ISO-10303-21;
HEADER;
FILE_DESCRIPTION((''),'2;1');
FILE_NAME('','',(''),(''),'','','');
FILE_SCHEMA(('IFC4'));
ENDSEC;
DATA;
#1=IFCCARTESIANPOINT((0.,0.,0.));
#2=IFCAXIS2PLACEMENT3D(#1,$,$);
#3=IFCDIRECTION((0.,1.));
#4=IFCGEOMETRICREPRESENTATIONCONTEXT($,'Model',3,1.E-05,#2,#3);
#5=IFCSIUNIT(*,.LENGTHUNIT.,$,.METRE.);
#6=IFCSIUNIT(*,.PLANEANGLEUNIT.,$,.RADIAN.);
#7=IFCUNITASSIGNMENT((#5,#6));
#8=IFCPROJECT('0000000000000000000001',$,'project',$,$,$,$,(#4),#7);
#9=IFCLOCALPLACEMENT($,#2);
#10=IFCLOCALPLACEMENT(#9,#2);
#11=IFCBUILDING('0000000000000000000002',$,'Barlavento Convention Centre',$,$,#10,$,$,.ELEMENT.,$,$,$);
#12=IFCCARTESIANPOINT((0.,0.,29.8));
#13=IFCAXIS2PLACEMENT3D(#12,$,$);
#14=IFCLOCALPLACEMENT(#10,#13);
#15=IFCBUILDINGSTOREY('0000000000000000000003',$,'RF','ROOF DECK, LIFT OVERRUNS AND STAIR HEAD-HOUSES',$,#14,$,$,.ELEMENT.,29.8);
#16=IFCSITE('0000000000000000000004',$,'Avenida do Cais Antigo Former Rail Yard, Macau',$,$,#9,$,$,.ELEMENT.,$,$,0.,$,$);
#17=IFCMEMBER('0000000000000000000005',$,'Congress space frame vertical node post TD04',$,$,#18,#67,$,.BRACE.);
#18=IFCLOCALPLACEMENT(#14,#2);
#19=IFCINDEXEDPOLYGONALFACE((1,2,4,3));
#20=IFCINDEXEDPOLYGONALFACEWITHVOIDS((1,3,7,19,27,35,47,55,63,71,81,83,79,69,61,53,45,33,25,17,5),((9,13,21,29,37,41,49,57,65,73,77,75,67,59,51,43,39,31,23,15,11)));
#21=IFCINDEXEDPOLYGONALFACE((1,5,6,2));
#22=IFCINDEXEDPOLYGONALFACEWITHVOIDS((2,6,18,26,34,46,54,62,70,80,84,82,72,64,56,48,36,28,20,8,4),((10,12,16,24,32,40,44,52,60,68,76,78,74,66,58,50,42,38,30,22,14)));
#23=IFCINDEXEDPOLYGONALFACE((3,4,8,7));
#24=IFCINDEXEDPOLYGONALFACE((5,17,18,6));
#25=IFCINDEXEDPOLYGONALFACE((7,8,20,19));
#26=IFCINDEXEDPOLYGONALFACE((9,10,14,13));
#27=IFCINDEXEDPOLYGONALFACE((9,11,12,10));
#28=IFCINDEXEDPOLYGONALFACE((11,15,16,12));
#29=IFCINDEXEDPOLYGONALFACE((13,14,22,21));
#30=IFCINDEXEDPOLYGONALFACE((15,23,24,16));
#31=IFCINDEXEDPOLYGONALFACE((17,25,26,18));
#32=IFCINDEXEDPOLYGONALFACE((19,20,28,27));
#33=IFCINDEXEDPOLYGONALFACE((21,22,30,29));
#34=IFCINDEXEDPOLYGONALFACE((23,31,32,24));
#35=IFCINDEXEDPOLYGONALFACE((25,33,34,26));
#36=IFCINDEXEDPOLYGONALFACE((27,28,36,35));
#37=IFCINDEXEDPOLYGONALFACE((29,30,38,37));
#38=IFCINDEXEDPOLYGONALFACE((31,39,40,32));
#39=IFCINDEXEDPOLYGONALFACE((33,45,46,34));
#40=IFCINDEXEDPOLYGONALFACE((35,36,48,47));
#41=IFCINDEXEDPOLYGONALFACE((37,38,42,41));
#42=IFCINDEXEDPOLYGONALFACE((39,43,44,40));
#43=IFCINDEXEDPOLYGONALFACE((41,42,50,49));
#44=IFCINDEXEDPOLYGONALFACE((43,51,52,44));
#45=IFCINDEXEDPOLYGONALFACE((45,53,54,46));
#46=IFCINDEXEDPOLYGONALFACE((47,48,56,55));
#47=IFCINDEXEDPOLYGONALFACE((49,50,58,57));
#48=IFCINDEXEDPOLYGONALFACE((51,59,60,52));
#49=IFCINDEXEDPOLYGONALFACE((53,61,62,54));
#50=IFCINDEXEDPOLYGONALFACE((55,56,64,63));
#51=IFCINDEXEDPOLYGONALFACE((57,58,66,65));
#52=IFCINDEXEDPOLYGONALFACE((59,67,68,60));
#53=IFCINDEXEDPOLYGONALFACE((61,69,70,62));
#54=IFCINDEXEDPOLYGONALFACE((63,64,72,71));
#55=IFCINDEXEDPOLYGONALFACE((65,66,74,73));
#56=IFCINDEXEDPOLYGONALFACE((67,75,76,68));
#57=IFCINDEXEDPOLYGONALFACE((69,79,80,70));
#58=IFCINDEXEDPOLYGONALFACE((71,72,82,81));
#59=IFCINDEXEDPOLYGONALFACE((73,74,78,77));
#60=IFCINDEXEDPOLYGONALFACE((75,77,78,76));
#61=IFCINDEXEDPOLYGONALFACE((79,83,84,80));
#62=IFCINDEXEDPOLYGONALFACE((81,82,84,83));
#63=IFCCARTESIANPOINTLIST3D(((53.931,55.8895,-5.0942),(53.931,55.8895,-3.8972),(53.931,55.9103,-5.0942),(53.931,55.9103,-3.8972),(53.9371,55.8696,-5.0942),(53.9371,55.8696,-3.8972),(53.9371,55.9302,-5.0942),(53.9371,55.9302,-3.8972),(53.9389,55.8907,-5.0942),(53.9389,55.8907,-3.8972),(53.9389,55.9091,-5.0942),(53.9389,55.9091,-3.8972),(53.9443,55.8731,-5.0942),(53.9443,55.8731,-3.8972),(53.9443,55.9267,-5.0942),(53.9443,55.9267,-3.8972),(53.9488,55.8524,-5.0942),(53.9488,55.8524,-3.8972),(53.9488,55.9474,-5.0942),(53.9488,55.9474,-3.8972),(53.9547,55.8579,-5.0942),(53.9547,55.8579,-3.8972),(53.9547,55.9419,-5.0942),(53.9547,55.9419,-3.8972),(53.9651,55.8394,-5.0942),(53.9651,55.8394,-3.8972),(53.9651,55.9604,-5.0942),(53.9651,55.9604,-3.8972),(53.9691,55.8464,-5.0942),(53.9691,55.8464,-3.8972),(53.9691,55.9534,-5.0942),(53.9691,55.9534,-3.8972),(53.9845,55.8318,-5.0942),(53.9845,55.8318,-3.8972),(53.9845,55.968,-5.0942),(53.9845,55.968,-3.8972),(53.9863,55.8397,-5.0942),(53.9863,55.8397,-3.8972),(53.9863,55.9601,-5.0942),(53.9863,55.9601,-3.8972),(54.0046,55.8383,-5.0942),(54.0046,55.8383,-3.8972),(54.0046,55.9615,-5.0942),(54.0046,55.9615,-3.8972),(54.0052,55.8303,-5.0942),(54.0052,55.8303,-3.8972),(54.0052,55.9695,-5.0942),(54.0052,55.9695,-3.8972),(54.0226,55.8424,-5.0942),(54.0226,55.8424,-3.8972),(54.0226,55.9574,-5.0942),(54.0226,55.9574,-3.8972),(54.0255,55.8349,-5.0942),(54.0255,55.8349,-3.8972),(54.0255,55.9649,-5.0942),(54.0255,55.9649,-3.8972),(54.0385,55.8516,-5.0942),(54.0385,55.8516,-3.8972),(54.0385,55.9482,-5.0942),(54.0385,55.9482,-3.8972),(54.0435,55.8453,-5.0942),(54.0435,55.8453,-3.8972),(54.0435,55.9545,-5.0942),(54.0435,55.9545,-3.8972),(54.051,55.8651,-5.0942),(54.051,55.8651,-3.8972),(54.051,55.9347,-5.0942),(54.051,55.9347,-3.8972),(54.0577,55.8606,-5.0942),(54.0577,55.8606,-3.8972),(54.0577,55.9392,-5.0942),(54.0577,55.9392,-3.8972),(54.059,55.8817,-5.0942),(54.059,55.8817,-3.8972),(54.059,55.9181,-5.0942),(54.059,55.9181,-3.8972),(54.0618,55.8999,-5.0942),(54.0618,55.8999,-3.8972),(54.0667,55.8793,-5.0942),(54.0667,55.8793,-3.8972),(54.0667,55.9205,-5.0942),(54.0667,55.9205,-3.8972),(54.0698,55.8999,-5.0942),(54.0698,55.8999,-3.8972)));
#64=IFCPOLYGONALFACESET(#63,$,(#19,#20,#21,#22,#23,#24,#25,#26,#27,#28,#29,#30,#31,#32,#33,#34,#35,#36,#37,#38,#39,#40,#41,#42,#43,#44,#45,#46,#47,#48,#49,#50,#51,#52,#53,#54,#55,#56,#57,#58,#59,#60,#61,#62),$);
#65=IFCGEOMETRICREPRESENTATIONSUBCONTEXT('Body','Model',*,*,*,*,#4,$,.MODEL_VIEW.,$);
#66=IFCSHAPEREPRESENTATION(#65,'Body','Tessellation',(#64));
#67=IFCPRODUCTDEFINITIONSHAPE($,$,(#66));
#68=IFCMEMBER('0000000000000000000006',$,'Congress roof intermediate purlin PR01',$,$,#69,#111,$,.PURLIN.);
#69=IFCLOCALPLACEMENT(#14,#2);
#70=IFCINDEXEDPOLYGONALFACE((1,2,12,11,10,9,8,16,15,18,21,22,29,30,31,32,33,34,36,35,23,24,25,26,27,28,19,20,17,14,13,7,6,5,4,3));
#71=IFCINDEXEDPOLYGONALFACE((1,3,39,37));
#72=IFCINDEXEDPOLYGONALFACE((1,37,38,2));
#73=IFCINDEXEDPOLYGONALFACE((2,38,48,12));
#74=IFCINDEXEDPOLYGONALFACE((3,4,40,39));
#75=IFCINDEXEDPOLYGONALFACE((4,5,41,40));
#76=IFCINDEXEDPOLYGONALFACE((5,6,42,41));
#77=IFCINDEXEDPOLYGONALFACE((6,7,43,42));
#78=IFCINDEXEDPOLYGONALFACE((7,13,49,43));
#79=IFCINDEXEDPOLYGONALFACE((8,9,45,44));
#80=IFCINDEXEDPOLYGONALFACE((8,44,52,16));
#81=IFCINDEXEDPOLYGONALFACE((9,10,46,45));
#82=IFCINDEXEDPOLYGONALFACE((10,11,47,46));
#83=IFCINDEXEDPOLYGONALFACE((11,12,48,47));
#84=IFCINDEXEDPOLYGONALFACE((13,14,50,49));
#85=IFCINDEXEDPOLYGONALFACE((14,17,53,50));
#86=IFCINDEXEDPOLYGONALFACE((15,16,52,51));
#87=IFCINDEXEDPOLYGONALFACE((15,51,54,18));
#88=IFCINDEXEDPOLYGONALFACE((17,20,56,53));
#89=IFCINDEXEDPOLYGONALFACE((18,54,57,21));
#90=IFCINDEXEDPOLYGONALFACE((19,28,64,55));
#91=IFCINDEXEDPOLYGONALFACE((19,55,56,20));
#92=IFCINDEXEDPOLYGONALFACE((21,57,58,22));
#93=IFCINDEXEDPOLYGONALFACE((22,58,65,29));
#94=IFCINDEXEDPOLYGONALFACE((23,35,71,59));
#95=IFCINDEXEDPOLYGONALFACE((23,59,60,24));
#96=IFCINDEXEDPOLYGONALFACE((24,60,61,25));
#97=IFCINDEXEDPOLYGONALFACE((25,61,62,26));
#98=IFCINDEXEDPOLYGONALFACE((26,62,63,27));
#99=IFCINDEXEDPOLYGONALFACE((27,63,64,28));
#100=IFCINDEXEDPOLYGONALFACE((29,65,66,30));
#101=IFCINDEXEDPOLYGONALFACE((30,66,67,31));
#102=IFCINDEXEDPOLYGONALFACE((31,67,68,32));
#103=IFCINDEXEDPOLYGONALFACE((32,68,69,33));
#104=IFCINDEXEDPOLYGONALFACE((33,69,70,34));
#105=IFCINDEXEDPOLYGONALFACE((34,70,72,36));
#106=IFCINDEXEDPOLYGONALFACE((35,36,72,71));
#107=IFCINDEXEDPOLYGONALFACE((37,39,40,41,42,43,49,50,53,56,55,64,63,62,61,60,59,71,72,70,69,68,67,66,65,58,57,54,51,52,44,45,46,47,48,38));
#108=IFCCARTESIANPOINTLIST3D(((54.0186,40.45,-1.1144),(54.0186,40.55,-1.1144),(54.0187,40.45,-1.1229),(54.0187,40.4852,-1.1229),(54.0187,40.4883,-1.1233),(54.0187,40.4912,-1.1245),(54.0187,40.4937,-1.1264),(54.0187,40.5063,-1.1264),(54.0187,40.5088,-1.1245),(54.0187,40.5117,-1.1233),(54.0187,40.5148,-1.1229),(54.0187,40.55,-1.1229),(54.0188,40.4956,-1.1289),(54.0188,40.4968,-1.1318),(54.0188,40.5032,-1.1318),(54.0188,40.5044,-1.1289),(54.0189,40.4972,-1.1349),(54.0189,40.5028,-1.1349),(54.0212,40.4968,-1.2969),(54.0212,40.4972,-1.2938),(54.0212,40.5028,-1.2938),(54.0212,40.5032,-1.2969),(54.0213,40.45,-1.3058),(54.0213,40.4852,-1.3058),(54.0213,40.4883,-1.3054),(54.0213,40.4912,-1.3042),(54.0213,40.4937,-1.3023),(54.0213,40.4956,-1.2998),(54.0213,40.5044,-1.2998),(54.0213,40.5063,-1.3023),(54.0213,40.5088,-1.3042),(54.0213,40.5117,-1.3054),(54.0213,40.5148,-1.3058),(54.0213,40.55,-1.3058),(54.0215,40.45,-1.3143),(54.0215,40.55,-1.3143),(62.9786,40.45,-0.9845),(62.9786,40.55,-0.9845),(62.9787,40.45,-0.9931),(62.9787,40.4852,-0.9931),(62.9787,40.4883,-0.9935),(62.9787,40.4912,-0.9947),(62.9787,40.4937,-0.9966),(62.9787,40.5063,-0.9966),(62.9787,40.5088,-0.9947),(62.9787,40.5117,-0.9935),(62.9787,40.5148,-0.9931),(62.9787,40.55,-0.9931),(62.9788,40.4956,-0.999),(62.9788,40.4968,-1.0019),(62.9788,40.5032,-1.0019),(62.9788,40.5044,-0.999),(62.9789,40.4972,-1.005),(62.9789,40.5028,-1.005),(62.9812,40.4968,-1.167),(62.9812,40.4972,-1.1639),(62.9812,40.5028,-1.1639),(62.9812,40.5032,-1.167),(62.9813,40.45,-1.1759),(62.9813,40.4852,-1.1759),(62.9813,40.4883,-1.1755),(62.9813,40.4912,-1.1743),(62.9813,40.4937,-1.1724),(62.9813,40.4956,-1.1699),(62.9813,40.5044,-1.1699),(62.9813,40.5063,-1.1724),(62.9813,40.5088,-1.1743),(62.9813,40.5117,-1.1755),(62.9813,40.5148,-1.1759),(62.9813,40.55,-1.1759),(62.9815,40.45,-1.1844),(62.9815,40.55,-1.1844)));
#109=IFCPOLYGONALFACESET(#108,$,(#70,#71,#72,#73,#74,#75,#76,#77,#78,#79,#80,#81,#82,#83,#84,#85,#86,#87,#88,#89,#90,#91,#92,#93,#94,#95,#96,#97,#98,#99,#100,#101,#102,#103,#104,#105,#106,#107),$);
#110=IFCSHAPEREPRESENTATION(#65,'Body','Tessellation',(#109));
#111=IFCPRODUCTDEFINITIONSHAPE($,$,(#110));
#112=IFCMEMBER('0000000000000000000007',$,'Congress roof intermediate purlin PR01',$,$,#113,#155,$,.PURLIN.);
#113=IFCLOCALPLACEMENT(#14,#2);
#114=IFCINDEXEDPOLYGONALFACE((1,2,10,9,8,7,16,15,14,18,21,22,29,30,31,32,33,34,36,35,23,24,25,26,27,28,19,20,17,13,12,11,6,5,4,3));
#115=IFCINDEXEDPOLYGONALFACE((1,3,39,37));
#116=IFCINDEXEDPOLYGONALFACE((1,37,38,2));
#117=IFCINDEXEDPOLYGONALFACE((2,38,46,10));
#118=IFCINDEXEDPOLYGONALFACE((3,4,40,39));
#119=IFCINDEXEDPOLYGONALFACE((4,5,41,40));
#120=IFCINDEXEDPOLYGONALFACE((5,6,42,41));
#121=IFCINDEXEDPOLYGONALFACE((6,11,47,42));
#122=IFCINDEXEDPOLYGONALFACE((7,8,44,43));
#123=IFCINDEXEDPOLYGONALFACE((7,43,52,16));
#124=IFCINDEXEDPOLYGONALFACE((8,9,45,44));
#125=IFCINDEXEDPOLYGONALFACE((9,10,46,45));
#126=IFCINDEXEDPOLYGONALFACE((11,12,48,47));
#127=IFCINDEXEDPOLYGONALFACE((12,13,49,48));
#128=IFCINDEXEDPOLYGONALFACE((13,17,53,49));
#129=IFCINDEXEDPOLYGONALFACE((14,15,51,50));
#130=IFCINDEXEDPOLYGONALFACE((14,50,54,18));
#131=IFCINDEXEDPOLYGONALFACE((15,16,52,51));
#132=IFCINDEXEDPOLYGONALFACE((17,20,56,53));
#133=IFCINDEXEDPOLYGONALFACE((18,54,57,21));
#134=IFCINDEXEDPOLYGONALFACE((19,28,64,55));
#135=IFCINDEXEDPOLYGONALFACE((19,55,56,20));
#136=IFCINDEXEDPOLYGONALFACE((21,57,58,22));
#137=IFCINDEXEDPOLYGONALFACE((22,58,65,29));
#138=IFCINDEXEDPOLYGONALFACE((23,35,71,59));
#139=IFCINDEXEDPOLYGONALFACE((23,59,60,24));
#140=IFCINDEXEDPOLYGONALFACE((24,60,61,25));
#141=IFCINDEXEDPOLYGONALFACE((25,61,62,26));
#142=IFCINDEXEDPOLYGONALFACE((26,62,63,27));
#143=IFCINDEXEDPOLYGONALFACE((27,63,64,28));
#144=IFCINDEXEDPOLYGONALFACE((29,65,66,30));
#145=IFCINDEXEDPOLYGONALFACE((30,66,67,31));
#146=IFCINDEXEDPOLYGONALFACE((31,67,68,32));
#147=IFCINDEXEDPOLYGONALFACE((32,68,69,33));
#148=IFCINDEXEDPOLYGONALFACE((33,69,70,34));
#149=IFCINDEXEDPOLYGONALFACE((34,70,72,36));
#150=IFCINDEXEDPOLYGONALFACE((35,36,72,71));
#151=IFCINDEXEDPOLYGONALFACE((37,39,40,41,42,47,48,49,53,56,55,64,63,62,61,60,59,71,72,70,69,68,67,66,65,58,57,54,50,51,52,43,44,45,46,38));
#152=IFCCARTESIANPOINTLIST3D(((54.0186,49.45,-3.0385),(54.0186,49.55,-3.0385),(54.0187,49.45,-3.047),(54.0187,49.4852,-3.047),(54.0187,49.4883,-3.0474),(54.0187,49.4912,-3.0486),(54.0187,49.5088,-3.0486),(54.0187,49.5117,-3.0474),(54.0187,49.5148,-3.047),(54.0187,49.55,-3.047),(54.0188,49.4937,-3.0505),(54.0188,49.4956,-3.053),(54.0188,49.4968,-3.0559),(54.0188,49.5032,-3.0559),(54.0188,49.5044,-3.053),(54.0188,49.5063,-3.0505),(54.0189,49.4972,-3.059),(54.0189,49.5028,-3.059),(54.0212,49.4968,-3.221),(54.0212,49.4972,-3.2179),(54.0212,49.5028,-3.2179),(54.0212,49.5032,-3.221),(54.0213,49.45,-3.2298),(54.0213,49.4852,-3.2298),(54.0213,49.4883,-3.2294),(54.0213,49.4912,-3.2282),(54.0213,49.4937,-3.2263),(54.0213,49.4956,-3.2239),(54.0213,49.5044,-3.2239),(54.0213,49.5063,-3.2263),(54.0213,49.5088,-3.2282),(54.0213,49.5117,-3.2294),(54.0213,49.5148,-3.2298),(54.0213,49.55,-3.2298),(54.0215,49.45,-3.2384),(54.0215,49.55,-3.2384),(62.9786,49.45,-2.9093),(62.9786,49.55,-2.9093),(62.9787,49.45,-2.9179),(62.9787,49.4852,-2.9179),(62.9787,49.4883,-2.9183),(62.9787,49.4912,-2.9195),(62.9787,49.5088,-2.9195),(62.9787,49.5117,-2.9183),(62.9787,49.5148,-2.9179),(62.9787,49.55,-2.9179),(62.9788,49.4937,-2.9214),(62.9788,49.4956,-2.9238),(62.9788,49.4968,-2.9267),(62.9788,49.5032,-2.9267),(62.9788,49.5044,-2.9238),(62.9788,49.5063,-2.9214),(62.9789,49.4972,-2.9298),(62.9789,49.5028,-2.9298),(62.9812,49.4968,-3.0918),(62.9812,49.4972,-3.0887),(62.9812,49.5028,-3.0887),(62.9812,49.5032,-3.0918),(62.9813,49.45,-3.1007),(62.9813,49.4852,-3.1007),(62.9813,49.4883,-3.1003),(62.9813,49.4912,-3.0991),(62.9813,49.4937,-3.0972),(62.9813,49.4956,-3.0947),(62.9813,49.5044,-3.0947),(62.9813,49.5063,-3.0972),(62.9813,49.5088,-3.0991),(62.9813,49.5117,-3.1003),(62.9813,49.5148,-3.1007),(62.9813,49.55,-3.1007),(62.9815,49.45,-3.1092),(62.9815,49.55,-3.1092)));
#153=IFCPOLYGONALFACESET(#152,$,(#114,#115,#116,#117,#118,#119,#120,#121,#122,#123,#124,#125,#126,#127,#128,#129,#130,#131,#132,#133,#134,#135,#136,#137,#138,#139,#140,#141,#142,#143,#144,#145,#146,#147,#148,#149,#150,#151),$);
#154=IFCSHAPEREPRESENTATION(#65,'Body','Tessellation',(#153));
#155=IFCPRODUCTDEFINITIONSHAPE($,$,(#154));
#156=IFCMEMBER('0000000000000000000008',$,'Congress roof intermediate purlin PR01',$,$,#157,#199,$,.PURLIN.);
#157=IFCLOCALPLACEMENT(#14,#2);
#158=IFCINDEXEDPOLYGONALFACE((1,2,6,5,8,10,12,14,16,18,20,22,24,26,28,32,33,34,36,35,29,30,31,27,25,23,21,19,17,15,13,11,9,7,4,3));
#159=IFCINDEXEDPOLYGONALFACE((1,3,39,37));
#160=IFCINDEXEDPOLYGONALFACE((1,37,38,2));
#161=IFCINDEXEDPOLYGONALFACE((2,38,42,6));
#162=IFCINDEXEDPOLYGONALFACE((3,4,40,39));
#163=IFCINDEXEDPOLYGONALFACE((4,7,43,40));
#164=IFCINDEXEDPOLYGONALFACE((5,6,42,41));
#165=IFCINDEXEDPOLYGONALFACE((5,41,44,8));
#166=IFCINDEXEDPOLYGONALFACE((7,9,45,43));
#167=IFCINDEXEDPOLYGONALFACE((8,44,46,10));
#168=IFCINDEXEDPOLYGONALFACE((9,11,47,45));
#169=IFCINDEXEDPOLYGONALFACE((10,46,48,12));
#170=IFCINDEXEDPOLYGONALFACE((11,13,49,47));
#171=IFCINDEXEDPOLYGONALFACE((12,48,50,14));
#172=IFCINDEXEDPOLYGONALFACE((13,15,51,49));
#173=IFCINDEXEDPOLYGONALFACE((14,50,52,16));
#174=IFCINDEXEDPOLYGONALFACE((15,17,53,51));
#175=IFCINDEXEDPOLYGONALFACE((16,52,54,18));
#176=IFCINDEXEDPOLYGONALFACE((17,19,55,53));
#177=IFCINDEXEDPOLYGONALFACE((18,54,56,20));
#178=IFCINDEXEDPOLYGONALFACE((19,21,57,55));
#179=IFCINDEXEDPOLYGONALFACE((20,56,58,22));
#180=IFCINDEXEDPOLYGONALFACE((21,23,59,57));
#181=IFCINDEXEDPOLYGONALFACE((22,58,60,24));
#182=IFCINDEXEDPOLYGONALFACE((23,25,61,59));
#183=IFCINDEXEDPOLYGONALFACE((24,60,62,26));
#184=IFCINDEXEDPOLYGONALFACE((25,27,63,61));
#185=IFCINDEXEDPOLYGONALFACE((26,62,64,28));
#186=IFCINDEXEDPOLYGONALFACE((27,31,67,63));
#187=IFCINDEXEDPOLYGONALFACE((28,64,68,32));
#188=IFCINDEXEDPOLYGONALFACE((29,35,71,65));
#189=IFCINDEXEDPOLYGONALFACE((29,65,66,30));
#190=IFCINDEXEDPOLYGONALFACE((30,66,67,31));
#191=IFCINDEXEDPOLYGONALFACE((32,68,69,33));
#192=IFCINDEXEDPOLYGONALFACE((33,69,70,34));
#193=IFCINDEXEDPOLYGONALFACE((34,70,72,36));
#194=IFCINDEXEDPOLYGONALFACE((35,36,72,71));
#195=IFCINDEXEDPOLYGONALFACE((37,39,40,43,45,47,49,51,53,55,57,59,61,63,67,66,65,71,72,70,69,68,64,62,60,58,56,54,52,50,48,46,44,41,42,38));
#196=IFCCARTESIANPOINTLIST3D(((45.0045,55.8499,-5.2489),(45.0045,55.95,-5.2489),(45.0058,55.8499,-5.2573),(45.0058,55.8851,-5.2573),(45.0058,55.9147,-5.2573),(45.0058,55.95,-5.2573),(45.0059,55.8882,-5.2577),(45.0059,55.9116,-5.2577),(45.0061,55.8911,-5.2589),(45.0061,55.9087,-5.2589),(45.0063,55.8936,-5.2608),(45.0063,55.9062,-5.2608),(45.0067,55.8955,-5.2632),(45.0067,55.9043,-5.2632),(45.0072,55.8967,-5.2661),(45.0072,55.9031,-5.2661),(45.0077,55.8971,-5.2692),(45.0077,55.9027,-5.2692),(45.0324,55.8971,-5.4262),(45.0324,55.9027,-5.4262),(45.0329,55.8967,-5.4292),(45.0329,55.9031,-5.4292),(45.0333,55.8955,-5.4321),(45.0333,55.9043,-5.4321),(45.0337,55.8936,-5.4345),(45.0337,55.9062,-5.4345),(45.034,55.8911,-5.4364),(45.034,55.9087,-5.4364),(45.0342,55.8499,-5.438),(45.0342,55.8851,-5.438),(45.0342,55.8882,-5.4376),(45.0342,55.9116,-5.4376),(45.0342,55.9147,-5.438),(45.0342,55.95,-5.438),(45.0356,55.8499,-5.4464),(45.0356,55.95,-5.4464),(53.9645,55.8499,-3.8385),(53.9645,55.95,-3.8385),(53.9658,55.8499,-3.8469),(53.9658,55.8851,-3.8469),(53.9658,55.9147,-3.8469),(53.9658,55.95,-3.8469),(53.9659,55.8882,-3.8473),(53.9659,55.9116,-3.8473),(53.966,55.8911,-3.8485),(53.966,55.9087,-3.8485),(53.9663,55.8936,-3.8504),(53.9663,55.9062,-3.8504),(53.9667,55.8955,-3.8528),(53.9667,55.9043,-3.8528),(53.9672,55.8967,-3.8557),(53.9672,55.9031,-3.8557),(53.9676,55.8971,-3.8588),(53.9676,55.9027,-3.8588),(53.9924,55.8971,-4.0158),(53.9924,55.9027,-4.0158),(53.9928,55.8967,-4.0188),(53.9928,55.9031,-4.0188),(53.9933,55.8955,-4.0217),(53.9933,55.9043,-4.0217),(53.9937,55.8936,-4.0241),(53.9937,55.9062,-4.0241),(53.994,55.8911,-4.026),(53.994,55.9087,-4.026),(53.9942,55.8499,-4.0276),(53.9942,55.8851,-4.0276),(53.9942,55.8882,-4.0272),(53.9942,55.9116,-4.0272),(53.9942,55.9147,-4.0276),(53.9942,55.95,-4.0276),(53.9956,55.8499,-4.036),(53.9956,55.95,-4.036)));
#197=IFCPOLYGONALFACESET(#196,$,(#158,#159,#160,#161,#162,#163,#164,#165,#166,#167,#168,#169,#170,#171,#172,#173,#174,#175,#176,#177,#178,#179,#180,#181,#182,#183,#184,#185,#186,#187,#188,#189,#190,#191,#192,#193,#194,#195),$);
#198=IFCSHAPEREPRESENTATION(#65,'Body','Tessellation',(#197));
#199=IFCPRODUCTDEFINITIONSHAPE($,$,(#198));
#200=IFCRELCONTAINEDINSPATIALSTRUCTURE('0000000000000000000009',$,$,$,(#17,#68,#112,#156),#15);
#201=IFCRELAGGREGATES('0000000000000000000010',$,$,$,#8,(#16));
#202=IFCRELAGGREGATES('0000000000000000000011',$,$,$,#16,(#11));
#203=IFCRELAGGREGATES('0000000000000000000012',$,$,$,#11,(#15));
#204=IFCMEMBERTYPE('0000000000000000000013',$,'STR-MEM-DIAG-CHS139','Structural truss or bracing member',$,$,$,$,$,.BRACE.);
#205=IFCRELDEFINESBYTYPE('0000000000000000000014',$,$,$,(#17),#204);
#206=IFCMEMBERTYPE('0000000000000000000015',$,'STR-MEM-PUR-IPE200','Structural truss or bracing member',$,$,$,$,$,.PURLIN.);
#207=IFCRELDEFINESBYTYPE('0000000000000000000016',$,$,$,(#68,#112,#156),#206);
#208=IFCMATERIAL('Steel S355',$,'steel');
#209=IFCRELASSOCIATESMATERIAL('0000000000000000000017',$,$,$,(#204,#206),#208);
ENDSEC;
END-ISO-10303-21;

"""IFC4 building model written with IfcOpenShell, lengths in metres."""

from ifc_helpers import new_model, si_unit, direction, frame, origin, origin_2d, place, context, subcontext, project, spatial, hollow_circle, i_section, extrude, material, material_profile, profile_set, type_object, element, save


model = new_model("IFC4")

# Units and contexts
model_context = context("Model", 3, precision=1e-05, world=origin(), true_north=direction((0.0, 1.0)))
body_context = subcontext(model_context, "Body", "Model", "MODEL_VIEW")
ifc_project = project(units=[si_unit("LENGTHUNIT", "METRE"), si_unit("PLANEANGLEUNIT", "RADIAN")], contexts=[model_context])

# Site, building, storey
site_placement = place(None, origin())
site = spatial("IfcSite", under=ifc_project, at=site_placement, Name="Avenida do Cais Antigo Former Rail Yard, Macau", CompositionType="ELEMENT", RefElevation=0.0)
building_placement = place(site_placement, origin())
building = spatial("IfcBuilding", under=site, at=building_placement, Name="Barlavento Convention Centre", CompositionType="ELEMENT")
storey_placement = place(building_placement, frame((0.0, 0.0, 29.8)))
storey = spatial("IfcBuildingStorey", under=building, at=storey_placement, Name="RF", Description="ROOF DECK, LIFT OVERRUNS AND STAIR HEAD-HOUSES", CompositionType="ELEMENT", Elevation=29.8)

# Shared definitions
ifc_material_1 = material(Name="Steel S355", Category="steel")

# Members
ifc_material_profile_1 = material_profile(ifc_material_1, hollow_circle(Radius=0.0698, WallThickness=0.0081, at=origin_2d()), Name="CHS 139.7x8.0")
ifc_profile_set_1 = profile_set([ifc_material_profile_1], Name="Steel S355")
member_type_1 = type_object("IfcMemberType", Name="STR-MEM-DIAG-CHS139", Description="Structural truss or bracing member", PredefinedType="BRACE", material=ifc_profile_set_1)
member_1_placement = place(storey_placement, frame((54.0, 55.8999, -5.0942), z_axis=(0.0, 0.0, 1.0), x_axis=(1.0, 0.0, 0.0)))
element("IfcMember", 1, at=member_1_placement, inside=storey, type_object=member_type_1, Name="Congress space frame vertical node post TD04", PredefinedType="BRACE", context=body_context, shape_type="SweptSolid", body=[
    extrude(hollow_circle(Radius=0.0698, WallThickness=0.0081, at=origin_2d()), origin(), (0.0, 0.0, 1.0), 1.197),
])
ifc_material_profile_2 = material_profile(ifc_material_1, i_section(OverallWidth=0.1001, OverallDepth=0.2, WebThickness=0.0056, FlangeThickness=0.0085, FilletRadius=0.012, at=origin_2d()), Name="IPE 200")
ifc_profile_set_2 = profile_set([ifc_material_profile_2], Name="Steel S355")
member_type_2 = type_object("IfcMemberType", Name="STR-MEM-PUR-IPE200", Description="Structural truss or bracing member", PredefinedType="PURLIN", material=ifc_profile_set_2)
for number, where, z_axis, x_axis, name in (
    (2, (54.02, 40.5, -1.2144), (0.999895, 0.0, 0.014494), (0.0, 1.0, 0.0), "Congress roof intermediate purlin PR01"),
    (3, (54.02, 49.5, -3.1384), (0.999896, 0.0, 0.014413), (0.0, 1.0, 0.0), "Congress roof intermediate purlin PR01"),
):
    element("IfcMember", number, at=place(storey_placement, frame(where, z_axis=z_axis, x_axis=x_axis)), inside=storey, type_object=member_type_2, Name=name, PredefinedType="PURLIN", context=body_context, shape_type="SweptSolid", body=[
        extrude(i_section(OverallWidth=0.1001, OverallDepth=0.2, WebThickness=0.0056, FlangeThickness=0.0085, FilletRadius=0.012, at=origin_2d()), origin(), (0.0, 0.0, 1.0), 8.9609),
    ])
member_2_placement = place(storey_placement, frame((45.02, 55.8999, -5.3477), z_axis=(0.987836, 0.0, 0.155497), x_axis=(0.0, 1.0, 0.0)))
element("IfcMember", 4, at=member_2_placement, inside=storey, type_object=member_type_2, Name="Congress roof intermediate purlin PR01", PredefinedType="PURLIN", context=body_context, shape_type="SweptSolid", body=[
    extrude(i_section(OverallWidth=0.1001, OverallDepth=0.2, WebThickness=0.0056, FlangeThickness=0.0085, FilletRadius=0.012, at=origin_2d()), origin(), (0.0, 0.0, 1.0), 9.0703),
])

save(model, "model.ifc")
